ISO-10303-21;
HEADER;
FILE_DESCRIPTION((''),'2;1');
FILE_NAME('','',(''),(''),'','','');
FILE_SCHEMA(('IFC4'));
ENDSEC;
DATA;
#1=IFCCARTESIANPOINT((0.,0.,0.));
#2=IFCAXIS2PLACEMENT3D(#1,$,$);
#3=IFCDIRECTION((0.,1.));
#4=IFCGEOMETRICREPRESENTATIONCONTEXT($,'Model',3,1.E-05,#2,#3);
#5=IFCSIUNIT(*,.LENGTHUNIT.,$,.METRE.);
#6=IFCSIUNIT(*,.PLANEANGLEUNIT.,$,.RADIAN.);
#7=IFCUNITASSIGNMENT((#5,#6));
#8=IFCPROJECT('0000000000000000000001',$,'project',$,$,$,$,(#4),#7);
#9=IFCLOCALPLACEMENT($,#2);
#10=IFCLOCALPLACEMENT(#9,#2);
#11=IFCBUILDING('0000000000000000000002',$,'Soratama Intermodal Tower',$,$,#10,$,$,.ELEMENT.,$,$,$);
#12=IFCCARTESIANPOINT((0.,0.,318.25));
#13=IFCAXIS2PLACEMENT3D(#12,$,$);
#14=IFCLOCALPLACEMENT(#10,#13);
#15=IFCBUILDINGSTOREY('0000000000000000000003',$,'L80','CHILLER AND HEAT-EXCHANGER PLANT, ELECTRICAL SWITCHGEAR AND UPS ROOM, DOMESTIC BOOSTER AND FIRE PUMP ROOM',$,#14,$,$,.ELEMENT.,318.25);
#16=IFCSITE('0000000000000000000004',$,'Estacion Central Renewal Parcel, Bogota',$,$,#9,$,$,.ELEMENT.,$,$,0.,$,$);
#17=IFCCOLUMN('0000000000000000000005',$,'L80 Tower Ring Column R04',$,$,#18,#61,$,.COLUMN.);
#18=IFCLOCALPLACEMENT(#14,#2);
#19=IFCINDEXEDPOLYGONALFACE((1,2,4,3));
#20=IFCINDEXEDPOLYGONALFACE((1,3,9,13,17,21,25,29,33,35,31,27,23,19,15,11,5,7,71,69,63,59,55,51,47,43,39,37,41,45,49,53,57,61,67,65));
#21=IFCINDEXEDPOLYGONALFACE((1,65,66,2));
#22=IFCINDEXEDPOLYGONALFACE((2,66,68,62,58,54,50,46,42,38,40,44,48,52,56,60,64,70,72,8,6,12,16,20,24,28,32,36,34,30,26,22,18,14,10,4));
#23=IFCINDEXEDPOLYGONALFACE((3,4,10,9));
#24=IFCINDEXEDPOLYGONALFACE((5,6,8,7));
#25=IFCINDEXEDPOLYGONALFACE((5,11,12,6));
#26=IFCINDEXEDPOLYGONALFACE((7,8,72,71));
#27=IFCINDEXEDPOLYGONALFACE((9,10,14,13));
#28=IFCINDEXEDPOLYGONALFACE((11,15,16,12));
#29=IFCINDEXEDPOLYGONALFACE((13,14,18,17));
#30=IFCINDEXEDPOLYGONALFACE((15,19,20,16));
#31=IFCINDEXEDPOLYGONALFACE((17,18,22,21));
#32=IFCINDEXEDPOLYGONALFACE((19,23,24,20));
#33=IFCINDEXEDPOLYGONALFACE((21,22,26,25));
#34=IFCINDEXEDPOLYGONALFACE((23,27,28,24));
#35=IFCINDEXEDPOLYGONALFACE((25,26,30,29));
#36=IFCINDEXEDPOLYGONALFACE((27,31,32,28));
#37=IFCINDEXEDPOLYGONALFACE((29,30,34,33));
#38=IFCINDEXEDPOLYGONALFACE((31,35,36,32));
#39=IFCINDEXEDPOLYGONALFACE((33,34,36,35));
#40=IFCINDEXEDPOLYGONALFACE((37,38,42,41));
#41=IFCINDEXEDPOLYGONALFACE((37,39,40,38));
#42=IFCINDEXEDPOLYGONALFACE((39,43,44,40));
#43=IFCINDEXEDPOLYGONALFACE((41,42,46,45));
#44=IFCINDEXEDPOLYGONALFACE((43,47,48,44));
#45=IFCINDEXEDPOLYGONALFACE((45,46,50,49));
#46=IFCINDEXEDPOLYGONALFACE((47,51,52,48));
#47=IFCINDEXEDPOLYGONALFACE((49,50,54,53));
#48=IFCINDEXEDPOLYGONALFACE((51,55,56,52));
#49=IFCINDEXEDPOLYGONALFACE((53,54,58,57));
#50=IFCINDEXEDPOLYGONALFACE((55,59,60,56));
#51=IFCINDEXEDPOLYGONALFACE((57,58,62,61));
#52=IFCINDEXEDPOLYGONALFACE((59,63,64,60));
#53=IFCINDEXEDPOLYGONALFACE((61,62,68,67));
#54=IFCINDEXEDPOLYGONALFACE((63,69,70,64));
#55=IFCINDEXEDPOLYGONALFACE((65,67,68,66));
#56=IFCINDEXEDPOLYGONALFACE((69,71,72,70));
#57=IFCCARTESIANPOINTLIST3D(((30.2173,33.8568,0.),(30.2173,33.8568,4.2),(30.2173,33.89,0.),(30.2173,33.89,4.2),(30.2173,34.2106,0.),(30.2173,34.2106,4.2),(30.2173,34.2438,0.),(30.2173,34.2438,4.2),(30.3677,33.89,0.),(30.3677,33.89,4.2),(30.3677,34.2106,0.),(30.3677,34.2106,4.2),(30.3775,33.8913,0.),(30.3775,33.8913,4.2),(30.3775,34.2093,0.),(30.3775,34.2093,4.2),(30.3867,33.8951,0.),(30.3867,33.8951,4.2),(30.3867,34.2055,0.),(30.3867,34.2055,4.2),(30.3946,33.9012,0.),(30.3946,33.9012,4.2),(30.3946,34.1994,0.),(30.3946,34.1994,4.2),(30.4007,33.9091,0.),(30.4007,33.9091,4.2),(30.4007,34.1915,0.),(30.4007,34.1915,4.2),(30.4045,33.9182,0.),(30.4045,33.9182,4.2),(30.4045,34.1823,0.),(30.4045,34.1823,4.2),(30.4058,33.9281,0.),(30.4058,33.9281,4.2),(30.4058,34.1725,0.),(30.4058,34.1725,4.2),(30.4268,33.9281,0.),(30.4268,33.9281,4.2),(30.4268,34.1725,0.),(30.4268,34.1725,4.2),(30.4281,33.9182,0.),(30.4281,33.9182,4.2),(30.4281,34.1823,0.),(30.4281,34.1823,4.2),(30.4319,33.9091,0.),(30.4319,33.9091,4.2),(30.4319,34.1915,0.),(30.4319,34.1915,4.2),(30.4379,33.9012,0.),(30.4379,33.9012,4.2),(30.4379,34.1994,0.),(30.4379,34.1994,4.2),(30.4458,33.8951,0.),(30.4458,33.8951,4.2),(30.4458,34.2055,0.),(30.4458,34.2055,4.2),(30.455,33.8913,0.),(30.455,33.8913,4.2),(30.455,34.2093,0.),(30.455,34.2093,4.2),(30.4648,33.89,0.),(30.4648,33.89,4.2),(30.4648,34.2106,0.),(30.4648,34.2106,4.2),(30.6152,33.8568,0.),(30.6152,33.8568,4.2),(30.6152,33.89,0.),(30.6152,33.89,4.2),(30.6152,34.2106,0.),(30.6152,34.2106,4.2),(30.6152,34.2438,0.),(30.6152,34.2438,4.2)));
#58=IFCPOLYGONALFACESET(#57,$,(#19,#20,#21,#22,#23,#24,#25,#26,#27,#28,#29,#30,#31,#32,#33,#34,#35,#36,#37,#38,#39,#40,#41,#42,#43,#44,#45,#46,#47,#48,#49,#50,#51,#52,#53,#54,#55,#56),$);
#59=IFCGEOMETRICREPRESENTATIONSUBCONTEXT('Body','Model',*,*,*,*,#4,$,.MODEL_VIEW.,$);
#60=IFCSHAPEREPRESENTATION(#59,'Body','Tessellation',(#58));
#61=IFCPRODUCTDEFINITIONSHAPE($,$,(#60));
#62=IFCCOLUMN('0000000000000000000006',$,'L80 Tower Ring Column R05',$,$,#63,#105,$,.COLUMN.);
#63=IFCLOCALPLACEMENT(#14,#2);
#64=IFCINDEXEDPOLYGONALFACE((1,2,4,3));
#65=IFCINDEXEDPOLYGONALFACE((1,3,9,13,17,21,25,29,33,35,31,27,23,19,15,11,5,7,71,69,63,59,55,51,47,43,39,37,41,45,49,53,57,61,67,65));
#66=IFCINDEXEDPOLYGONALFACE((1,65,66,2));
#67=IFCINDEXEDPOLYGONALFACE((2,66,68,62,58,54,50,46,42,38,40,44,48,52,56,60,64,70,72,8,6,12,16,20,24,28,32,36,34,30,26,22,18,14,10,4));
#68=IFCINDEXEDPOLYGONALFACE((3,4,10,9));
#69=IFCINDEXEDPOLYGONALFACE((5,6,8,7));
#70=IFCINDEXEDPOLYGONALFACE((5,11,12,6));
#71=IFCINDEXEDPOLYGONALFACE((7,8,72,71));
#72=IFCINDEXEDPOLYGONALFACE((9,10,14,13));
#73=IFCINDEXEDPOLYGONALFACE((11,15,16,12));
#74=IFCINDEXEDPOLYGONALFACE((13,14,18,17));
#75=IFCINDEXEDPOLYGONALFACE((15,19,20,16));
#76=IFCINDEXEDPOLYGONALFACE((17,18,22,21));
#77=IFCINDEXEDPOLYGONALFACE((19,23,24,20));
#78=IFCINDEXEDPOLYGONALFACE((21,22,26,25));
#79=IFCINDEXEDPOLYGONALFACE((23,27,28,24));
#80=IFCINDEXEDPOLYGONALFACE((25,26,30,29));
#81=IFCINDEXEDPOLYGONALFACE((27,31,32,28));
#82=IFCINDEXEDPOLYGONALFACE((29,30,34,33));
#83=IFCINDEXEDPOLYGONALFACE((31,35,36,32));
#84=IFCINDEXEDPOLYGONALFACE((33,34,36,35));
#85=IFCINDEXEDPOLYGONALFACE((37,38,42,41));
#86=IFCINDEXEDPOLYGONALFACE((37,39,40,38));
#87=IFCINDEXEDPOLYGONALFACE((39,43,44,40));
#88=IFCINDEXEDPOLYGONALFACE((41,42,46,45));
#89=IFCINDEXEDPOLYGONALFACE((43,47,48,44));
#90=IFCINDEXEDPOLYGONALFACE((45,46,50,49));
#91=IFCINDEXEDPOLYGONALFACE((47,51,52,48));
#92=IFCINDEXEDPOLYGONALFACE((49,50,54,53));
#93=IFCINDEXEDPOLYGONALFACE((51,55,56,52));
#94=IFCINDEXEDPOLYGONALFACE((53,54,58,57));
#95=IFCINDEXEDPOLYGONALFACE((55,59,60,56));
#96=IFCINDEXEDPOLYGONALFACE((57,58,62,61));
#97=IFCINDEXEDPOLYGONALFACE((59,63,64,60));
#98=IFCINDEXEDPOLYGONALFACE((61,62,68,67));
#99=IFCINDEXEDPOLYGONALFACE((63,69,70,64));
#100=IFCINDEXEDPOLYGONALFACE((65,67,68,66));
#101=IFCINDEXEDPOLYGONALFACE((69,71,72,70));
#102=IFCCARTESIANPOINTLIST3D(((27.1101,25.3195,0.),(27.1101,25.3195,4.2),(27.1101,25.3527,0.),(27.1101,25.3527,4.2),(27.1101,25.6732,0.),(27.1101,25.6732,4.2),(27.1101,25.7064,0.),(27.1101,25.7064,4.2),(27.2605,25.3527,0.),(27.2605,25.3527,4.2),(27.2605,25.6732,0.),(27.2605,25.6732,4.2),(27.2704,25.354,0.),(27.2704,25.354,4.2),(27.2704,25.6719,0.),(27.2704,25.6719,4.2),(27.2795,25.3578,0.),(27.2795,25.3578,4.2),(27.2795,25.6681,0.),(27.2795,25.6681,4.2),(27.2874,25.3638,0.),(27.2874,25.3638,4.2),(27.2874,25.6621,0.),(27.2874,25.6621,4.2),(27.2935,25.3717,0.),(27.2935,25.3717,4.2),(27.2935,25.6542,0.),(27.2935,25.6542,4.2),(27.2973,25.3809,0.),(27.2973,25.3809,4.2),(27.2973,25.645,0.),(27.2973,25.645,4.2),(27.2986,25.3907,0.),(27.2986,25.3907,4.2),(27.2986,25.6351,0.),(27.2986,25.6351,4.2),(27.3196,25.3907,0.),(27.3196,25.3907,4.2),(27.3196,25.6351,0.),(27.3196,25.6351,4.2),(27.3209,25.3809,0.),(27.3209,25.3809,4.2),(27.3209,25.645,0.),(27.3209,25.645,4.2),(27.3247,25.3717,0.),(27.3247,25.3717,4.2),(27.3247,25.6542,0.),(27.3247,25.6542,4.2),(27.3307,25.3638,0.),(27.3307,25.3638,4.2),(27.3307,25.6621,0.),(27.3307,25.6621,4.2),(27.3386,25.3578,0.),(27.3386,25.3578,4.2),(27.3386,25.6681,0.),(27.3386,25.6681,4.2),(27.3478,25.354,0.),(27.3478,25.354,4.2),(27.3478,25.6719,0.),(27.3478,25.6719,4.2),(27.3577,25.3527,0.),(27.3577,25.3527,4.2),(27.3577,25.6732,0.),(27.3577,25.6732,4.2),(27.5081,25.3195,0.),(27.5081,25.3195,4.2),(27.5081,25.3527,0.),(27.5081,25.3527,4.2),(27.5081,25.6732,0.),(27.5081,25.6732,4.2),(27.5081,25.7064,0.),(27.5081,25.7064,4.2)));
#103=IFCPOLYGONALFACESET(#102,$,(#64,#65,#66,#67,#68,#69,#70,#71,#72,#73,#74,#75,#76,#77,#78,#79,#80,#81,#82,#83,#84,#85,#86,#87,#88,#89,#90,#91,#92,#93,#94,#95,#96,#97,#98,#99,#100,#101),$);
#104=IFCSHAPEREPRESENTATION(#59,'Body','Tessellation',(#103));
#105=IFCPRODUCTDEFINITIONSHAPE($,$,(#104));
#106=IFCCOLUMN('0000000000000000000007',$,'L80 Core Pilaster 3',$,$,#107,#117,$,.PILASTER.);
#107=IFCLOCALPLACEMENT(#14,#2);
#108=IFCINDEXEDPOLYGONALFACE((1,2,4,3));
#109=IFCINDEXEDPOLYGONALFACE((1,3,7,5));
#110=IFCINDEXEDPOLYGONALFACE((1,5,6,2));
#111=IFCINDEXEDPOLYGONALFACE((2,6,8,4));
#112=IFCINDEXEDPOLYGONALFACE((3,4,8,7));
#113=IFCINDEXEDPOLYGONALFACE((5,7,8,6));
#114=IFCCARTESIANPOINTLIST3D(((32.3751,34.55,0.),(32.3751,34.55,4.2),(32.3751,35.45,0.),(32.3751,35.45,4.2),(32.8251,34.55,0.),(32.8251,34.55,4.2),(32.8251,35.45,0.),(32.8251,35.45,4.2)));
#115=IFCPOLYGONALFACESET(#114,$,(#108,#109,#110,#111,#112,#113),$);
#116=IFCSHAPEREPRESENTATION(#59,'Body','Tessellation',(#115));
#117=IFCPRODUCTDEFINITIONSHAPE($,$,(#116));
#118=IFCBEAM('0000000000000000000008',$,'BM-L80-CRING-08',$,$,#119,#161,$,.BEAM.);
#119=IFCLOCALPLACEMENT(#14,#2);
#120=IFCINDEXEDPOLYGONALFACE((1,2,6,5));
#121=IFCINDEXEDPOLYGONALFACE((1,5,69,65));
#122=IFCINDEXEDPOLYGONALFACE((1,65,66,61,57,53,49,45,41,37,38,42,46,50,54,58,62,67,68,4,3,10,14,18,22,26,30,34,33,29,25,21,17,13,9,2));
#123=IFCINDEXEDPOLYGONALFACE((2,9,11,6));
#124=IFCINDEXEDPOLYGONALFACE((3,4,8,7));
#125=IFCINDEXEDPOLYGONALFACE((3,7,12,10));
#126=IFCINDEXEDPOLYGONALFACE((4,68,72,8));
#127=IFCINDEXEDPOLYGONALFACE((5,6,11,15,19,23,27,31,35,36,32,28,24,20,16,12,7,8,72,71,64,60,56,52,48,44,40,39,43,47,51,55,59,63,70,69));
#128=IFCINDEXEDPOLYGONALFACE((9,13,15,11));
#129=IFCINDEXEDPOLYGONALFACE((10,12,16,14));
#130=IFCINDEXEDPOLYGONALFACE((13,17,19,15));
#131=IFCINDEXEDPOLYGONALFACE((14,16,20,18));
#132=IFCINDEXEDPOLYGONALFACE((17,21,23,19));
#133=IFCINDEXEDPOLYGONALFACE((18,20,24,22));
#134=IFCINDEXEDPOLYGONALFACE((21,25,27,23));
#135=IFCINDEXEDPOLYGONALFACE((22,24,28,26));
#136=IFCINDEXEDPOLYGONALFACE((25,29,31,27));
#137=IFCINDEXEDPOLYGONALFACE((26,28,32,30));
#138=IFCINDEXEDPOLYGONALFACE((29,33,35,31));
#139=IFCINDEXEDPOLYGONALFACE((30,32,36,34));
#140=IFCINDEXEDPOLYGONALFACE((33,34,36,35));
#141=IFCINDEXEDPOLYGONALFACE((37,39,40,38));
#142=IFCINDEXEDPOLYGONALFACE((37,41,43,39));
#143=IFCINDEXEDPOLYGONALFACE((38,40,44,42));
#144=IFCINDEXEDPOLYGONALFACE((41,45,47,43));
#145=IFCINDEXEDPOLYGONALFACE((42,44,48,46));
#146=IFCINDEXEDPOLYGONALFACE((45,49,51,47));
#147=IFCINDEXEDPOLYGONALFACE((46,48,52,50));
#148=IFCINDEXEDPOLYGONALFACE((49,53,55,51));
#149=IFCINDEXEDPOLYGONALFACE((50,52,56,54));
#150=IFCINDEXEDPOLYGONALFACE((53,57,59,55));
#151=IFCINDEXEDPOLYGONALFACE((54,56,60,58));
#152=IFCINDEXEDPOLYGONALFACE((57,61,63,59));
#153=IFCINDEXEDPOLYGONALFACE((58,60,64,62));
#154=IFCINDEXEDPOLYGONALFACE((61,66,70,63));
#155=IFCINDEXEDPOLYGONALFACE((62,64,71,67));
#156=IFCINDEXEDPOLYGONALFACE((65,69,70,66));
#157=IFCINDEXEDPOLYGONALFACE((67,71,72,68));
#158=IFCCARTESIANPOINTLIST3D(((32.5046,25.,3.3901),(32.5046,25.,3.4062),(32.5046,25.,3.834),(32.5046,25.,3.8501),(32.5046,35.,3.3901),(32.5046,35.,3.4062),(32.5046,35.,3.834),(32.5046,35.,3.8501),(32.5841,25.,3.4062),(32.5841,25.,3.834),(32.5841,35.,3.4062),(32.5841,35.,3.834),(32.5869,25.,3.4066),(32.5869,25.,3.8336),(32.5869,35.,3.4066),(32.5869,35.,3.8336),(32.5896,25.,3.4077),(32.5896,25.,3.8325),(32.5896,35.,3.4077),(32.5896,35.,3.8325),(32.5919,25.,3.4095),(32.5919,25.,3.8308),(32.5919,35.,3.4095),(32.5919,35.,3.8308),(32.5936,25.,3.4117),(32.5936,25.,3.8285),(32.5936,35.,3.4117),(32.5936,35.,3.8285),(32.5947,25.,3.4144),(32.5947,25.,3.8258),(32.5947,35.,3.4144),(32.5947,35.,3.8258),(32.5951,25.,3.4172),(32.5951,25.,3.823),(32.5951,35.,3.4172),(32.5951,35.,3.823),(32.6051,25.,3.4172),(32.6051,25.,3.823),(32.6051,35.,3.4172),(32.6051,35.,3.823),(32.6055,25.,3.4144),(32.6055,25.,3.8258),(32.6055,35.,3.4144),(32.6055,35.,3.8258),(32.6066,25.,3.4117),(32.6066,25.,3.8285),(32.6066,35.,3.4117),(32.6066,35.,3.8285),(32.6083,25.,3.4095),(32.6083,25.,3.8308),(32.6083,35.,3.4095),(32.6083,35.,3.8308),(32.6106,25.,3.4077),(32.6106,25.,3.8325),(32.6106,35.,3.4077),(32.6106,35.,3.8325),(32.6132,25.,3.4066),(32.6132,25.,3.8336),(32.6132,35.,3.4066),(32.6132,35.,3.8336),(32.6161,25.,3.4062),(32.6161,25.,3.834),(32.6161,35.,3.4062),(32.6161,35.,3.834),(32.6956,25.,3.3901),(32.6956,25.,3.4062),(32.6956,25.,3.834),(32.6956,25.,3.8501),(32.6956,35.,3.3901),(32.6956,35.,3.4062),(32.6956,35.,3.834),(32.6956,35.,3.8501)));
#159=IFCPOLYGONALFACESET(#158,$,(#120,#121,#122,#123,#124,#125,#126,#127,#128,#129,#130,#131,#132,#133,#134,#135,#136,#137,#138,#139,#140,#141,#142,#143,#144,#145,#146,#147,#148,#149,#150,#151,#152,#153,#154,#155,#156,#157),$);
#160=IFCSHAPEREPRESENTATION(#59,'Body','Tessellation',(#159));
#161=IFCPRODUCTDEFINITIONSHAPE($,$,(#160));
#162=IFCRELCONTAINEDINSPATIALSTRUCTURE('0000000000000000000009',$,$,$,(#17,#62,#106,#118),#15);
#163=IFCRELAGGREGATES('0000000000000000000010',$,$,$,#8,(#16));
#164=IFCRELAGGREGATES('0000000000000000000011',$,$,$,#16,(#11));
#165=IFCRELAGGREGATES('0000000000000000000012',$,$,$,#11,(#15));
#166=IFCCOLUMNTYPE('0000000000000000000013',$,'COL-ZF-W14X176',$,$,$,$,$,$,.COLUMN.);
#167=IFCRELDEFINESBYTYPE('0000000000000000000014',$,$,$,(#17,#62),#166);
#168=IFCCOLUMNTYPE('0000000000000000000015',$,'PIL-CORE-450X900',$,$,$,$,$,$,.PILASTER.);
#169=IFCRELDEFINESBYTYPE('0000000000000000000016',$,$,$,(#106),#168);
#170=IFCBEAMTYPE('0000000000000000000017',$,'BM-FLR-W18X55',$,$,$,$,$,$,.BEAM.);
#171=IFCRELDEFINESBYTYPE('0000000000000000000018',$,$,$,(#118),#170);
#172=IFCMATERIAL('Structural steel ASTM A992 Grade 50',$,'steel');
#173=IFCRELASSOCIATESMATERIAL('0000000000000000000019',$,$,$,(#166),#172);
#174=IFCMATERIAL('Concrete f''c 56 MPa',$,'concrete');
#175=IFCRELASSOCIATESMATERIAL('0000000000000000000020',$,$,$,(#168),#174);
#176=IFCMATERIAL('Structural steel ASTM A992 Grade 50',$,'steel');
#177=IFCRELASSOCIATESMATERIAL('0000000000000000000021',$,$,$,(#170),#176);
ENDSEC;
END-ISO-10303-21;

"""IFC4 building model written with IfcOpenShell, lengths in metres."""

from ifc_helpers import new_model, si_unit, direction, frame, origin, origin_2d, place, context, subcontext, project, spatial, rectangle, i_section, extrude, material, material_profile, profile_set, type_object, element, save


model = new_model("IFC4")

# Units and contexts
model_context = context("Model", 3, precision=1e-05, world=origin(), true_north=direction((0.0, 1.0)))
body_context = subcontext(model_context, "Body", "Model", "MODEL_VIEW")
ifc_project = project(units=[si_unit("LENGTHUNIT", "METRE"), si_unit("PLANEANGLEUNIT", "RADIAN")], contexts=[model_context])

# Site, building, storey
site_placement = place(None, origin())
site = spatial("IfcSite", under=ifc_project, at=site_placement, Name="Estacion Central Renewal Parcel, Bogota", CompositionType="ELEMENT", RefElevation=0.0)
building_placement = place(site_placement, origin())
building = spatial("IfcBuilding", under=site, at=building_placement, Name="Soratama Intermodal Tower", CompositionType="ELEMENT")
storey_placement = place(building_placement, frame((0.0, 0.0, 318.25)))
storey = spatial("IfcBuildingStorey", under=building, at=storey_placement, Name="L80", Description="CHILLER AND HEAT-EXCHANGER PLANT, ELECTRICAL SWITCHGEAR AND UPS ROOM, DOMESTIC BOOSTER AND FIRE PUMP ROOM", CompositionType="ELEMENT", Elevation=318.25)

# Columns
ifc_material_1 = material(Name="Structural steel ASTM A992 Grade 50", Category="steel")
ifc_material_profile_1 = material_profile(ifc_material_1, i_section(OverallWidth=0.3979, OverallDepth=0.387, WebThickness=0.021, FlangeThickness=0.0332, FilletRadius=0.0381, at=origin_2d()), Name="W14X176")
ifc_profile_set_1 = profile_set([ifc_material_profile_1], Name="Structural steel ASTM A992 Grade 50")
column_type_1 = type_object("IfcColumnType", Name="COL-ZF-W14X176", PredefinedType="COLUMN", material=ifc_profile_set_1)
for number, where, z_axis, x_axis, name in (
    (1, (30.4163, 34.0503, 0.0), (0.0, 0.0, 1.0), (1.0, 0.0, 0.0), "L80 Tower Ring Column R04"),
    (2, (27.3091, 25.5129, 0.0), (0.0, 0.0, 1.0), (1.0, 0.0, 0.0), "L80 Tower Ring Column R05"),
):
    element("IfcColumn", number, at=place(storey_placement, frame(where, z_axis=z_axis, x_axis=x_axis)), inside=storey, type_object=column_type_1, Name=name, PredefinedType="COLUMN", context=body_context, shape_type="SweptSolid", body=[
        extrude(i_section(OverallWidth=0.3979, OverallDepth=0.387, WebThickness=0.021, FlangeThickness=0.0332, FilletRadius=0.0381, at=origin_2d()), origin(), (0.0, 0.0, 1.0), 4.2),
    ])
ifc_material_2 = material(Name="Concrete f'c 56 MPa", Category="concrete")
ifc_material_profile_2 = material_profile(ifc_material_2, rectangle(XDim=0.45, YDim=0.8999, at=origin_2d()), Name="RC450X900")
ifc_profile_set_2 = profile_set([ifc_material_profile_2], Name="Concrete f'c 56 MPa")
column_type_2 = type_object("IfcColumnType", Name="PIL-CORE-450X900", PredefinedType="PILASTER", material=ifc_profile_set_2)
column_placement = place(storey_placement, frame((32.6001, 35.0, 0.0), z_axis=(0.0, 0.0, 1.0), x_axis=(1.0, 0.0, 0.0)))
element("IfcColumn", 3, at=column_placement, inside=storey, type_object=column_type_2, Name="L80 Core Pilaster 3", PredefinedType="PILASTER", context=body_context, shape_type="SweptSolid", body=[
    extrude(rectangle(XDim=0.45, YDim=0.8999, at=origin_2d()), origin(), (0.0, 0.0, 1.0), 4.2),
])

# Beam
ifc_material_3 = material(Name="Structural steel ASTM A992 Grade 50", Category="steel")
ifc_material_profile_3 = material_profile(ifc_material_3, i_section(OverallWidth=0.1909, OverallDepth=0.46, WebThickness=0.01, FlangeThickness=0.0161, FilletRadius=0.011, at=origin_2d()), Name="W18X55")
ifc_profile_set_3 = profile_set([ifc_material_profile_3], Name="Structural steel ASTM A992 Grade 50")
beam_type_1 = type_object("IfcBeamType", Name="BM-FLR-W18X55", PredefinedType="BEAM", material=ifc_profile_set_3)
beam_1_placement = place(storey_placement, frame((32.6001, 35.0, 3.6201), z_axis=(0.0, -1.0, 0.0), x_axis=(1.0, 0.0, 0.0)))
element("IfcBeam", 4, at=beam_1_placement, inside=storey, type_object=beam_type_1, Name="BM-L80-CRING-08", PredefinedType="BEAM", context=body_context, shape_type="SweptSolid", body=[
    extrude(i_section(OverallWidth=0.1909, OverallDepth=0.46, WebThickness=0.01, FlangeThickness=0.0161, FilletRadius=0.011, at=origin_2d()), origin(), (0.0, 0.0, 1.0), 10.0),
])

save(model, "model.ifc")
